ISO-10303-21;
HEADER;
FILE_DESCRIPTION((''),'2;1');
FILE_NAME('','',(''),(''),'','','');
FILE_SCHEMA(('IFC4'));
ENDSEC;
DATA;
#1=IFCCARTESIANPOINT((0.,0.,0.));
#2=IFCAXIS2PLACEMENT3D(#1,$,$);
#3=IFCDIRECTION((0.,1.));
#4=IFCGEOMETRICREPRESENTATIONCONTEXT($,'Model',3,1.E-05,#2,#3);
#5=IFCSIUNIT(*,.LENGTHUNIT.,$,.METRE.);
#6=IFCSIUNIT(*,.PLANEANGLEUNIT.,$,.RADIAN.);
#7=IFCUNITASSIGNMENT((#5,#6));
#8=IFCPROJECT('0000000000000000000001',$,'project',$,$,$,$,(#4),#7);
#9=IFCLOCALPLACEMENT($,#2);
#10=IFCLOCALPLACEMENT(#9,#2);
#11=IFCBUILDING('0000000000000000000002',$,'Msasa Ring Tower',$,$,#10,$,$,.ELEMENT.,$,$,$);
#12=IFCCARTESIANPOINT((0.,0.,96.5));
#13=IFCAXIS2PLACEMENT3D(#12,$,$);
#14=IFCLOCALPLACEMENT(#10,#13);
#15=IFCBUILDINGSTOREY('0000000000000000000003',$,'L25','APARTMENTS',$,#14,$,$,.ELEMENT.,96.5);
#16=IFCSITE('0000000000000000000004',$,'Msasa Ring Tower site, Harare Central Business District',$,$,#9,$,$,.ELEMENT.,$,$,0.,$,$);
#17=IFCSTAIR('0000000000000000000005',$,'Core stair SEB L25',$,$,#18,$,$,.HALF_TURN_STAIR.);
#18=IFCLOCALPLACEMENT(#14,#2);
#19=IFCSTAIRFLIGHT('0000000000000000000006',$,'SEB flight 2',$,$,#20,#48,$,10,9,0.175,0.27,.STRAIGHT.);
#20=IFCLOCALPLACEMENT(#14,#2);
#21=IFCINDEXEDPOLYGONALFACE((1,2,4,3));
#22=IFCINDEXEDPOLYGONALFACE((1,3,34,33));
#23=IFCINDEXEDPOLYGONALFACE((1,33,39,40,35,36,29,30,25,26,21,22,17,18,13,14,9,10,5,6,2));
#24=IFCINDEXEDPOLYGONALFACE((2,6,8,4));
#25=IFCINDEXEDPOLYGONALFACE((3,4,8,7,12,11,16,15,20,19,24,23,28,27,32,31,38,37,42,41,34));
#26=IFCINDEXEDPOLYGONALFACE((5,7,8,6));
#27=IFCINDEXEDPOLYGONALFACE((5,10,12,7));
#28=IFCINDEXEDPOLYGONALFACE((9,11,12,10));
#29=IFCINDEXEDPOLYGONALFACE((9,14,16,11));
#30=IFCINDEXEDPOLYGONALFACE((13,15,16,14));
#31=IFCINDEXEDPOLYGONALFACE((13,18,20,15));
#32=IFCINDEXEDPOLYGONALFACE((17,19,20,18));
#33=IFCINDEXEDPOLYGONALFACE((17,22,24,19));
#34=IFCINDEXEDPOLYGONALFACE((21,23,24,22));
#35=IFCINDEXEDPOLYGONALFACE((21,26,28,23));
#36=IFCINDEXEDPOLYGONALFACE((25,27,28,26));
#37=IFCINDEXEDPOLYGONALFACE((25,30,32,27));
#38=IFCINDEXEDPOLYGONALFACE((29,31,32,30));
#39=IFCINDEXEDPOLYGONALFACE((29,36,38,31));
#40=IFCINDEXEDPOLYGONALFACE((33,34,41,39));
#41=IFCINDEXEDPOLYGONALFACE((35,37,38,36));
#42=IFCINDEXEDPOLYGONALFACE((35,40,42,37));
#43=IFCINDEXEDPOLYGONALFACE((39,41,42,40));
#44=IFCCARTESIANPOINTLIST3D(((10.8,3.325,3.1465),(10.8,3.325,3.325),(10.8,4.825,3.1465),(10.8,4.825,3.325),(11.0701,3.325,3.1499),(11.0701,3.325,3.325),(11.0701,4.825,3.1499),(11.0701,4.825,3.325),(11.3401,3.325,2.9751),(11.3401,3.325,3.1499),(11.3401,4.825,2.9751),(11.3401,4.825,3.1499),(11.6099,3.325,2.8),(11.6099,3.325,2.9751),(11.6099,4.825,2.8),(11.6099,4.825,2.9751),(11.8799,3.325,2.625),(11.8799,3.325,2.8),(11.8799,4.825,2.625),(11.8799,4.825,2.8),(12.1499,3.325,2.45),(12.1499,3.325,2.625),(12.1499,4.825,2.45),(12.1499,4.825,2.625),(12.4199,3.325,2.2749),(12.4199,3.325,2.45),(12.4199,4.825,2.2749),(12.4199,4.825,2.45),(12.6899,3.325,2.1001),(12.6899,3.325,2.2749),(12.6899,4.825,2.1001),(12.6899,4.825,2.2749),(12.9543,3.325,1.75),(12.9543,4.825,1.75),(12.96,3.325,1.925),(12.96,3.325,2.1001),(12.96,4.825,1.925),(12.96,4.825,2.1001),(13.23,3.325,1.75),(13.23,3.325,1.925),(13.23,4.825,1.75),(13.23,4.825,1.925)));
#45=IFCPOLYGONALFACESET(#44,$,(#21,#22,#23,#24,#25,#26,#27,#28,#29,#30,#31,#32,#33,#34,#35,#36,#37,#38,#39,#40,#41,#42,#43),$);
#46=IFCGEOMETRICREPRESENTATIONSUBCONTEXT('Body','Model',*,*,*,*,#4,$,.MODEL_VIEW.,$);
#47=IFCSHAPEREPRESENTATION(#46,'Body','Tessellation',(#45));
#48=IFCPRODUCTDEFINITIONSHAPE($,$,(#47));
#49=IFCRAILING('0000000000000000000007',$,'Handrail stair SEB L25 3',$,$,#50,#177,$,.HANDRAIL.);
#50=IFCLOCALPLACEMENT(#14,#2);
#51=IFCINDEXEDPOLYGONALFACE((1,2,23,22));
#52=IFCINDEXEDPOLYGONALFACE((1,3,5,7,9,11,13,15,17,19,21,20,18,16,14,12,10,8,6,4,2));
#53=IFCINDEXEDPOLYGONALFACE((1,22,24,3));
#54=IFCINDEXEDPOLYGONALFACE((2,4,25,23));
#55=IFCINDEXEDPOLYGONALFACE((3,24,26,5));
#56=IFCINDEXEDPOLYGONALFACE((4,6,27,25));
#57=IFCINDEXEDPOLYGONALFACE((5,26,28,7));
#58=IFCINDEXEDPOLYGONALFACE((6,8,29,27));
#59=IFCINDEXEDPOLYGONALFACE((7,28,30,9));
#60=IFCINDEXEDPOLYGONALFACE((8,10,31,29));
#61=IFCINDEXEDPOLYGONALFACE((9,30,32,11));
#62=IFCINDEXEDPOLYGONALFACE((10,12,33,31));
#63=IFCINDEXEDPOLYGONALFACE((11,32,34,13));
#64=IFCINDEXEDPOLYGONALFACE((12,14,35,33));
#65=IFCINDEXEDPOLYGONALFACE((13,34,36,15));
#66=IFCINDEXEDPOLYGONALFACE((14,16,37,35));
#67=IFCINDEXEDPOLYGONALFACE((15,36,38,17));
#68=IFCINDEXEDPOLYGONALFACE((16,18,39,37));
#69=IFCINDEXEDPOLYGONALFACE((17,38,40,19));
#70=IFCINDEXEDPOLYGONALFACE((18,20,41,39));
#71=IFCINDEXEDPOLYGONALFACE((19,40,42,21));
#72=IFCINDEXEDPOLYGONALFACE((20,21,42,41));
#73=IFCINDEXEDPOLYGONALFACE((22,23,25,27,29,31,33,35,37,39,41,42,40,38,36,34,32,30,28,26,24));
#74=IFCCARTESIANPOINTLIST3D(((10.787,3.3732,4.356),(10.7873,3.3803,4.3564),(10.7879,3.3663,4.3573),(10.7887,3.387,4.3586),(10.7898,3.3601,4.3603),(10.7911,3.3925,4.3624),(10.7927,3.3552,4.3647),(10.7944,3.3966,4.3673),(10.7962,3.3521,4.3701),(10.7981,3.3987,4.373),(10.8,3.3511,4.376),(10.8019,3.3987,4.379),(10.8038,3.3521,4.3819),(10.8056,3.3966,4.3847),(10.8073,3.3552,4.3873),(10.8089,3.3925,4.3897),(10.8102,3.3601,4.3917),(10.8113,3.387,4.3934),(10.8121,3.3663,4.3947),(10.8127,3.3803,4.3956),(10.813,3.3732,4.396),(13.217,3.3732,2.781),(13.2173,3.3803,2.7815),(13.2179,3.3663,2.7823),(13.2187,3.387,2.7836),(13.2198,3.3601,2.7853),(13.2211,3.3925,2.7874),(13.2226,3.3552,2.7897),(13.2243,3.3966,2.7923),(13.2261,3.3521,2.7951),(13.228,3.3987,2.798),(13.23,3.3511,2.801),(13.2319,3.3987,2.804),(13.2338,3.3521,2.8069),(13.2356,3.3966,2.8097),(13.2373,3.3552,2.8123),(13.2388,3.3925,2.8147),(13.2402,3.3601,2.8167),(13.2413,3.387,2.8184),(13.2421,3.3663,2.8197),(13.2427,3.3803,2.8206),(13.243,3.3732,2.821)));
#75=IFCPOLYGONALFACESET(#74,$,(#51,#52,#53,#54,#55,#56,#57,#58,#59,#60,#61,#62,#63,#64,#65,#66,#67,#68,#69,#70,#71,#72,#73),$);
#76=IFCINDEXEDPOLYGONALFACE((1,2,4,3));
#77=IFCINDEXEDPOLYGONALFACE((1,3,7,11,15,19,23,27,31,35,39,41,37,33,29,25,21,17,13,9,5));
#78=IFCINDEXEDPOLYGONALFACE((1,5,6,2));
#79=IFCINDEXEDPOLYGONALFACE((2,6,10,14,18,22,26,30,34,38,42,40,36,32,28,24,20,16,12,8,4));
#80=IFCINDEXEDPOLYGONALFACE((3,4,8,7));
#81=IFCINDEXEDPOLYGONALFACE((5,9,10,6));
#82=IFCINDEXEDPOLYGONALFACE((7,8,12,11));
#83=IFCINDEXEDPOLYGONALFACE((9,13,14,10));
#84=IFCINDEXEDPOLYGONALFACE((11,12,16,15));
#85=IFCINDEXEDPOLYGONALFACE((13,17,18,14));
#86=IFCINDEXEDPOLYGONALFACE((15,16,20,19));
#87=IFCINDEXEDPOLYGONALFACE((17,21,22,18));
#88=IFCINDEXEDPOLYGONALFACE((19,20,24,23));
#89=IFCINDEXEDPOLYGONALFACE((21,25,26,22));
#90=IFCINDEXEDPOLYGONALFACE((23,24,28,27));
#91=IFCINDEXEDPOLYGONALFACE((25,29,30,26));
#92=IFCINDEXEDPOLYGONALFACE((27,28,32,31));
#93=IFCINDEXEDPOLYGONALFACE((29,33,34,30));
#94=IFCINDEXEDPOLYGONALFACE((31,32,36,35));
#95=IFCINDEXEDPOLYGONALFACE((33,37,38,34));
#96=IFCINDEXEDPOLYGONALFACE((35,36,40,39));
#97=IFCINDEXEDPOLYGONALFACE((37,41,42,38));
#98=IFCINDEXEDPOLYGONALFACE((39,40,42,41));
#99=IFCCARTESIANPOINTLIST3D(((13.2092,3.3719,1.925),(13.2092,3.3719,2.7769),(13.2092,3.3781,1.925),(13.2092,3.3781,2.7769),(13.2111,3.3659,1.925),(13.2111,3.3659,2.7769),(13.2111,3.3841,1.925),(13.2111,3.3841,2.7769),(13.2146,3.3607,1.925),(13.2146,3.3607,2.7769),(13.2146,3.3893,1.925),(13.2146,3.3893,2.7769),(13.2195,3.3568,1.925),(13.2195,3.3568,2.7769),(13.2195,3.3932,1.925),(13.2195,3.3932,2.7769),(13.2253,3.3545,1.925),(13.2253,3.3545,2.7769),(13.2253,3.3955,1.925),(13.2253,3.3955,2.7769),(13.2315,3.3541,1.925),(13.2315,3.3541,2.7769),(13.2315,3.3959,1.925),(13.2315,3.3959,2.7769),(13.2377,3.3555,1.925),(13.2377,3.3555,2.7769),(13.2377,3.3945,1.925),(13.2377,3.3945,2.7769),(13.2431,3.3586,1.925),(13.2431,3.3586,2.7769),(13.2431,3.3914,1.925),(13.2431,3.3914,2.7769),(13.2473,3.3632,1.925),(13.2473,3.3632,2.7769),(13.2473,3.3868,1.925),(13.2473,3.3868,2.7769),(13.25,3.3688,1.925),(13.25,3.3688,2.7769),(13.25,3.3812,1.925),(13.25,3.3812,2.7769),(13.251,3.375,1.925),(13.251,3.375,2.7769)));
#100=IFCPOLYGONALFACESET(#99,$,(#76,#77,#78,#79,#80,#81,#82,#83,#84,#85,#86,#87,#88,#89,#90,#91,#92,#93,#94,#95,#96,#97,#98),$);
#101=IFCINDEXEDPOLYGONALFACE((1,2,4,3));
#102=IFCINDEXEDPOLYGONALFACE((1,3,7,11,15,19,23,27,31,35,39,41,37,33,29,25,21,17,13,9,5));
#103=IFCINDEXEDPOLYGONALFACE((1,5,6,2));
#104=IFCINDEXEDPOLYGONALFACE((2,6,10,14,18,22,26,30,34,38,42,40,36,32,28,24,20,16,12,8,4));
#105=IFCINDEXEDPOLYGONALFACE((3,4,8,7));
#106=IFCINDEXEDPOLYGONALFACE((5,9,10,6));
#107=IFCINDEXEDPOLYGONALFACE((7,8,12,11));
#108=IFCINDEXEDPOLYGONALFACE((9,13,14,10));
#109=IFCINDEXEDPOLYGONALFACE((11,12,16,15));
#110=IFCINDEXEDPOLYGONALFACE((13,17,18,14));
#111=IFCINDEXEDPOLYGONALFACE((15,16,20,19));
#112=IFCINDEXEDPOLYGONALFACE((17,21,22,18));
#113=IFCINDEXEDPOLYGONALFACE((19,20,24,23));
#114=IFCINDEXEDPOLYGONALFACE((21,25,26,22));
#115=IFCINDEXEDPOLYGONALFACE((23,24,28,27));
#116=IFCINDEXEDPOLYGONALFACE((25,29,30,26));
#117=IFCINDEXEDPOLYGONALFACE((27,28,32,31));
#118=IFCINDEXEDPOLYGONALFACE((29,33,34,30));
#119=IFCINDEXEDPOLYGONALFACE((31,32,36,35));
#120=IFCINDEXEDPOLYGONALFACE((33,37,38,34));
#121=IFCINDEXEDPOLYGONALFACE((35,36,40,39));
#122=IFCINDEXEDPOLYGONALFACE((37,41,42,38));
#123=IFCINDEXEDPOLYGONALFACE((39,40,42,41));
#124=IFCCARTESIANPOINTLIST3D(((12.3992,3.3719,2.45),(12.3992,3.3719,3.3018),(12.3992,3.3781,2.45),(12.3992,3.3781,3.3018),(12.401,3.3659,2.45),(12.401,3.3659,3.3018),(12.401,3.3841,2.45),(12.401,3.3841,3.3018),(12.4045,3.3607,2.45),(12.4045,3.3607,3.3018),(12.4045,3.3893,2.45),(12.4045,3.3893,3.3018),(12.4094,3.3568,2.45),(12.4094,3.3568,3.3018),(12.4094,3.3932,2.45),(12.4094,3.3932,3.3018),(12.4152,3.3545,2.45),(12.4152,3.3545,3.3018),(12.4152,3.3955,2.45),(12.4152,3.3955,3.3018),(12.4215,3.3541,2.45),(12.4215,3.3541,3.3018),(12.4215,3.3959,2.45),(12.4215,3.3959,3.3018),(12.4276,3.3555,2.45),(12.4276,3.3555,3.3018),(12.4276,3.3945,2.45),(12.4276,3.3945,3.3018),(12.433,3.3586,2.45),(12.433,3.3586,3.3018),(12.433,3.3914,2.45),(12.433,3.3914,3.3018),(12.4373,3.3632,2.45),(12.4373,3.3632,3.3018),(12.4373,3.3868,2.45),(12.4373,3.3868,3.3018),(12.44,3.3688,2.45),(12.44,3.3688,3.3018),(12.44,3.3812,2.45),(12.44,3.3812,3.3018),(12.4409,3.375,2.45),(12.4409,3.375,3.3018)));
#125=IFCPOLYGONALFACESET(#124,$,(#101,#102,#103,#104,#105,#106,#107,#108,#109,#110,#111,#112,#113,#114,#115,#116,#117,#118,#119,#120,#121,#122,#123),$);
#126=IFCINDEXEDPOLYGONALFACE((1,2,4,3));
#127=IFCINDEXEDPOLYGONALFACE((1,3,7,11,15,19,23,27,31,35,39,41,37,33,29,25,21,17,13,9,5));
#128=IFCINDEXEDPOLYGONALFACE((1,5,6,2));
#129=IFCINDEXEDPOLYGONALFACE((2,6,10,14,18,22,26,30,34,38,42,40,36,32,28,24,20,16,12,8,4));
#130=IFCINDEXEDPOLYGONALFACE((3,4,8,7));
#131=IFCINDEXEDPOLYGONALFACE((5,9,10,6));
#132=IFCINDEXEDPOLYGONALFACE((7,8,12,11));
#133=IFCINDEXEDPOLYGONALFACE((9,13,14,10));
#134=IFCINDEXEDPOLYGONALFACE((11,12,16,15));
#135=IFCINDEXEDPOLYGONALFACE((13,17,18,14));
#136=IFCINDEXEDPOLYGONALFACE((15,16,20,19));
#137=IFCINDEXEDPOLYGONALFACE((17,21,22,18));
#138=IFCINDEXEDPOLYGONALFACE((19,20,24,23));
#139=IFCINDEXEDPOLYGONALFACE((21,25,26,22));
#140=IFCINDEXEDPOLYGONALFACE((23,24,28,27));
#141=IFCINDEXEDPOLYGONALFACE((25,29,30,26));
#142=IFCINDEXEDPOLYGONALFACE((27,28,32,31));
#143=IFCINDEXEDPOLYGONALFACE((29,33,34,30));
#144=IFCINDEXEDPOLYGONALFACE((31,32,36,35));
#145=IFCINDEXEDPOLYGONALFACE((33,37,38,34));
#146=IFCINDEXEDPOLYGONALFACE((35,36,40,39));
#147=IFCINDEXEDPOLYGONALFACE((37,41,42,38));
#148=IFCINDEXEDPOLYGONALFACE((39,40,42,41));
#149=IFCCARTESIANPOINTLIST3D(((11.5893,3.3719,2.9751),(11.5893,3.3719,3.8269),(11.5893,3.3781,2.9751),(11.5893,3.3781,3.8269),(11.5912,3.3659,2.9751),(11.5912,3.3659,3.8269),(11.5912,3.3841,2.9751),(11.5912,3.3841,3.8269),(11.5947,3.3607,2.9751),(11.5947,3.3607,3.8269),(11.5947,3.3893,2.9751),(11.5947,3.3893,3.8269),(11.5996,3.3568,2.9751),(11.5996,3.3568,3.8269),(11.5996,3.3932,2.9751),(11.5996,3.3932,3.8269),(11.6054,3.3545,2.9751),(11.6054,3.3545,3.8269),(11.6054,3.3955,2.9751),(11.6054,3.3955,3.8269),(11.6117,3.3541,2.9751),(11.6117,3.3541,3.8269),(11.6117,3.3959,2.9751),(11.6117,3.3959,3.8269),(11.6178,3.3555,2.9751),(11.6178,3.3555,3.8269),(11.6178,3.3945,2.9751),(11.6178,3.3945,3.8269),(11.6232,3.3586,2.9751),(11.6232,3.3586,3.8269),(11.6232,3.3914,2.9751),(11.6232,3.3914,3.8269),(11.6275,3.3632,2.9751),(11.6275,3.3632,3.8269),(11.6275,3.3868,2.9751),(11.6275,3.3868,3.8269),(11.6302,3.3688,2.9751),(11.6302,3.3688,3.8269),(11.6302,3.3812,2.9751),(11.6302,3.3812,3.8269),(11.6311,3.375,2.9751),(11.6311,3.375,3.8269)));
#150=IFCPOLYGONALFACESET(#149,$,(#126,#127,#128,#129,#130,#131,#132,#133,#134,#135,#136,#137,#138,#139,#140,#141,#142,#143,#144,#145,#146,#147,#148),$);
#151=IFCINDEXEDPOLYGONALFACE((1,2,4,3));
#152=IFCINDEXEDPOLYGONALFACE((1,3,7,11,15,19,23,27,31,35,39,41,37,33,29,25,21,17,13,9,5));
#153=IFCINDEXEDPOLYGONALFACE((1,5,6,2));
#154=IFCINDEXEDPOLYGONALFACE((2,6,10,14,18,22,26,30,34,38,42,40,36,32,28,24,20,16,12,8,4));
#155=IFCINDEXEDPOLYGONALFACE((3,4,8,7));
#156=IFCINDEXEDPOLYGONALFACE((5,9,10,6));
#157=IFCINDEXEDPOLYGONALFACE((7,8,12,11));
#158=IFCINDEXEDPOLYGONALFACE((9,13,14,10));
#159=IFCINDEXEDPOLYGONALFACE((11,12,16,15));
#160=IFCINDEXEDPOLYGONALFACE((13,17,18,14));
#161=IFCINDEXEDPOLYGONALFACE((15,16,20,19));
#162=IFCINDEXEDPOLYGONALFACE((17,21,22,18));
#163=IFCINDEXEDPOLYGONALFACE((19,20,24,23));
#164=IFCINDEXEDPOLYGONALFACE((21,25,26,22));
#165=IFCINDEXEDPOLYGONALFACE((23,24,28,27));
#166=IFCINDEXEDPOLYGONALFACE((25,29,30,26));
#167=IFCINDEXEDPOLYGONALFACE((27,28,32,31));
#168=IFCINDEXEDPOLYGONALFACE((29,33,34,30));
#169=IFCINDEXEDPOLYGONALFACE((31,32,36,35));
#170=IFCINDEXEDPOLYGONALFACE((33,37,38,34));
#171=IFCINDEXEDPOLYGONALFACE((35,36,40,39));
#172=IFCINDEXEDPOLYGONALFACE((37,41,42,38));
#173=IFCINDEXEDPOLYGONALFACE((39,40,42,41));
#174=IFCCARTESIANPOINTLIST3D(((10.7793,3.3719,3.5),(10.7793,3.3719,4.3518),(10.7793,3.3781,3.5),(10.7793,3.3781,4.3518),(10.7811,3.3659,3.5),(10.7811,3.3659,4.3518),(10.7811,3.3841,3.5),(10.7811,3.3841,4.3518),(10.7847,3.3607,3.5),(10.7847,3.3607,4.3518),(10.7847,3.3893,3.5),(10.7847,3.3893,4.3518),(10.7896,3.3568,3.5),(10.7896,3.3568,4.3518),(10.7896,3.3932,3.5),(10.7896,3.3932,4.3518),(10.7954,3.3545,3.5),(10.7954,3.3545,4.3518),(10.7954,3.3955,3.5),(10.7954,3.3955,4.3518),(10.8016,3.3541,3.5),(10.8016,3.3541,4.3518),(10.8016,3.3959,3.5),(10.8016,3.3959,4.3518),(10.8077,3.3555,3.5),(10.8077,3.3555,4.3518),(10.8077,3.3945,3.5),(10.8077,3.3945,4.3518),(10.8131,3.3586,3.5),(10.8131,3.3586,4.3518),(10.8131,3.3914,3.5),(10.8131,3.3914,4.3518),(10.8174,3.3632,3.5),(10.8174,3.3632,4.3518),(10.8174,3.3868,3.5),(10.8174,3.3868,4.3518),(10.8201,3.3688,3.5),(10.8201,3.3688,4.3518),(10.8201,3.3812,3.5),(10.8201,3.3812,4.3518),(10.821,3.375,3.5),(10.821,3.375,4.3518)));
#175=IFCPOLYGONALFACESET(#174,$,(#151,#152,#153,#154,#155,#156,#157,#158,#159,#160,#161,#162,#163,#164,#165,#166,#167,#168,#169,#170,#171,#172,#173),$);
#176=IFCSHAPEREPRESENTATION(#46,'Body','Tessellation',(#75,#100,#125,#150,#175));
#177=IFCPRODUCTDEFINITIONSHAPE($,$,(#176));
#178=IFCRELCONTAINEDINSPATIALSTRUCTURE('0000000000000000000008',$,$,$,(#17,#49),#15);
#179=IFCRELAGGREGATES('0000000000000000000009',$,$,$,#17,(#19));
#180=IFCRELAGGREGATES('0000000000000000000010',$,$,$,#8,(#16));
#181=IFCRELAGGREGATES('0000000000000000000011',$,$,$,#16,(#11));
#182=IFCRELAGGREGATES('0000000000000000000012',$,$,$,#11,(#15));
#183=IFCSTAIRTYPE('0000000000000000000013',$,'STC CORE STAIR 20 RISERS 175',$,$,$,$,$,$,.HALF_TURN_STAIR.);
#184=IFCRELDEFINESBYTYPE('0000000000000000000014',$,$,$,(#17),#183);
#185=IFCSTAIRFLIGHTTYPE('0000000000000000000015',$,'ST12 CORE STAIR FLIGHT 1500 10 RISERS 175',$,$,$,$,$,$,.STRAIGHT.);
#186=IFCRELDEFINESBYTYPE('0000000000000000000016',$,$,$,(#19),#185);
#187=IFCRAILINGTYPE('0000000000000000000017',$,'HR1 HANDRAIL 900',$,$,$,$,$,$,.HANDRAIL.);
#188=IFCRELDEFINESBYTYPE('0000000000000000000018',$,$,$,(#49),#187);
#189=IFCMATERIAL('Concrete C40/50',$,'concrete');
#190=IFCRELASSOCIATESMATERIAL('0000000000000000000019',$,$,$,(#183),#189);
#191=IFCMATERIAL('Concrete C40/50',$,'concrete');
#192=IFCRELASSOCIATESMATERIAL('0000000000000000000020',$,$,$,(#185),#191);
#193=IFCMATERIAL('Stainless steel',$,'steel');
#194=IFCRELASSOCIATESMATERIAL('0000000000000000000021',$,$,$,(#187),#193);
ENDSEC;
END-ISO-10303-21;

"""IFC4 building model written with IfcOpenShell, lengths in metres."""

from ifc_helpers import new_model, si_unit, direction, frame, origin, origin_2d, place, context, subcontext, project, spatial, polyline, circle, outline, extrude, material, type_object, element, aggregate, save


model = new_model("IFC4")

# Units and contexts
model_context = context("Model", 3, precision=1e-05, world=origin(), true_north=direction((0.0, 1.0)))
body_context = subcontext(model_context, "Body", "Model", "MODEL_VIEW")
ifc_project = project(units=[si_unit("LENGTHUNIT", "METRE"), si_unit("PLANEANGLEUNIT", "RADIAN")], contexts=[model_context])

# Site, building, storey
site_placement = place(None, origin())
site = spatial("IfcSite", under=ifc_project, at=site_placement, Name="Msasa Ring Tower site, Harare Central Business District", CompositionType="ELEMENT", RefElevation=0.0)
building_placement = place(site_placement, origin())
building = spatial("IfcBuilding", under=site, at=building_placement, Name="Msasa Ring Tower", CompositionType="ELEMENT")
storey_placement = place(building_placement, frame((0.0, 0.0, 96.5)))
storey = spatial("IfcBuildingStorey", under=building, at=storey_placement, Name="L25", Description="APARTMENTS", CompositionType="ELEMENT", Elevation=96.5)

# Stair, stair flight
ifc_material_1 = material(Name="Concrete C40/50", Category="concrete")
stair_type = type_object("IfcStairType", Name="STC CORE STAIR 20 RISERS 175", PredefinedType="HALF_TURN_STAIR", material=ifc_material_1)
stair_placement = place(storey_placement, origin())
stair = element("IfcStair", 1, at=stair_placement, inside=storey, type_object=stair_type, Name="Core stair SEB L25", PredefinedType="HALF_TURN_STAIR")
ifc_material_2 = material(Name="Concrete C40/50", Category="concrete")
stair_flight_type = type_object("IfcStairFlightType", Name="ST12 CORE STAIR FLIGHT 1500 10 RISERS 175", PredefinedType="STRAIGHT", material=ifc_material_2)
stair_flight_placement = place(storey_placement, frame((13.23, 4.075, 1.75), z_axis=(0.0, 0.0, 1.0), x_axis=(-1.0, 0.0, 0.0)))
stair_flight = element("IfcStairFlight", 2, at=stair_flight_placement, type_object=stair_flight_type, Name="SEB flight 2", NumberOfRisers=10, NumberOfTreads=9, PredefinedType="STRAIGHT", RiserHeight=0.175, TreadLength=0.27, context=body_context, shape_type="SweptSolid", body=[
    extrude(outline(polyline([(0.0, 0.0), (0.0, 0.175), (0.27, 0.175), (0.27, 0.3501), (0.54, 0.3501), (0.54, 0.5249), (0.8101, 0.5249), (0.8101, 0.7), (1.0801, 0.7), (1.0801, 0.875), (1.3501, 0.875), (1.3501, 1.05), (1.6201, 1.05), (1.6201, 1.2251), (1.8899, 1.2251), (1.8899, 1.3999), (2.1599, 1.3999), (2.1599, 1.575), (2.4299, 1.575), (2.4299, 1.75), (2.4299, 1.3965), (0.2756, 0.0), (0.0, 0.0)])), frame((0.0, 0.75, 0.0), z_axis=(0.0, -1.0, 0.0), x_axis=(1.0, 0.0, 0.0)), (0.0, 0.0, 1.0), 1.5),
])
aggregate(stair, [stair_flight])

# Railing
ifc_material_3 = material(Name="Stainless steel", Category="steel")
railing_type = type_object("IfcRailingType", Name="HR1 HANDRAIL 900", PredefinedType="HANDRAIL", material=ifc_material_3)
for number, where, name in (
    (3, (13.23, 3.375, 1.925), "Handrail stair SEB L25 3"),
):
    element("IfcRailing", number, at=place(storey_placement, frame(where)), inside=storey, type_object=railing_type, Name=name, PredefinedType="HANDRAIL", context=body_context, shape_type="SweptSolid", body=[
        extrude(circle(Radius=0.0239, at=origin_2d()), frame((0.0, 0.0, 0.876), z_axis=(-0.839154, 0.0, 0.543894), x_axis=(0.0, -1.0, 0.0)), (0.0, 0.0, 1.0), 2.8958),
        extrude(circle(Radius=0.021, at=origin_2d()), origin(), (0.0, 0.0, 1.0), 0.8518),
        extrude(circle(Radius=0.021, at=origin_2d()), frame((-0.8101, 0.0, 0.5249)), (0.0, 0.0, 1.0), 0.8518),
        extrude(circle(Radius=0.021, at=origin_2d()), frame((-1.6199, 0.0, 1.05)), (0.0, 0.0, 1.0), 0.8518),
        extrude(circle(Radius=0.021, at=origin_2d()), frame((-2.4299, 0.0, 1.575)), (0.0, 0.0, 1.0), 0.8518),
    ])

save(model, "model.ifc")
